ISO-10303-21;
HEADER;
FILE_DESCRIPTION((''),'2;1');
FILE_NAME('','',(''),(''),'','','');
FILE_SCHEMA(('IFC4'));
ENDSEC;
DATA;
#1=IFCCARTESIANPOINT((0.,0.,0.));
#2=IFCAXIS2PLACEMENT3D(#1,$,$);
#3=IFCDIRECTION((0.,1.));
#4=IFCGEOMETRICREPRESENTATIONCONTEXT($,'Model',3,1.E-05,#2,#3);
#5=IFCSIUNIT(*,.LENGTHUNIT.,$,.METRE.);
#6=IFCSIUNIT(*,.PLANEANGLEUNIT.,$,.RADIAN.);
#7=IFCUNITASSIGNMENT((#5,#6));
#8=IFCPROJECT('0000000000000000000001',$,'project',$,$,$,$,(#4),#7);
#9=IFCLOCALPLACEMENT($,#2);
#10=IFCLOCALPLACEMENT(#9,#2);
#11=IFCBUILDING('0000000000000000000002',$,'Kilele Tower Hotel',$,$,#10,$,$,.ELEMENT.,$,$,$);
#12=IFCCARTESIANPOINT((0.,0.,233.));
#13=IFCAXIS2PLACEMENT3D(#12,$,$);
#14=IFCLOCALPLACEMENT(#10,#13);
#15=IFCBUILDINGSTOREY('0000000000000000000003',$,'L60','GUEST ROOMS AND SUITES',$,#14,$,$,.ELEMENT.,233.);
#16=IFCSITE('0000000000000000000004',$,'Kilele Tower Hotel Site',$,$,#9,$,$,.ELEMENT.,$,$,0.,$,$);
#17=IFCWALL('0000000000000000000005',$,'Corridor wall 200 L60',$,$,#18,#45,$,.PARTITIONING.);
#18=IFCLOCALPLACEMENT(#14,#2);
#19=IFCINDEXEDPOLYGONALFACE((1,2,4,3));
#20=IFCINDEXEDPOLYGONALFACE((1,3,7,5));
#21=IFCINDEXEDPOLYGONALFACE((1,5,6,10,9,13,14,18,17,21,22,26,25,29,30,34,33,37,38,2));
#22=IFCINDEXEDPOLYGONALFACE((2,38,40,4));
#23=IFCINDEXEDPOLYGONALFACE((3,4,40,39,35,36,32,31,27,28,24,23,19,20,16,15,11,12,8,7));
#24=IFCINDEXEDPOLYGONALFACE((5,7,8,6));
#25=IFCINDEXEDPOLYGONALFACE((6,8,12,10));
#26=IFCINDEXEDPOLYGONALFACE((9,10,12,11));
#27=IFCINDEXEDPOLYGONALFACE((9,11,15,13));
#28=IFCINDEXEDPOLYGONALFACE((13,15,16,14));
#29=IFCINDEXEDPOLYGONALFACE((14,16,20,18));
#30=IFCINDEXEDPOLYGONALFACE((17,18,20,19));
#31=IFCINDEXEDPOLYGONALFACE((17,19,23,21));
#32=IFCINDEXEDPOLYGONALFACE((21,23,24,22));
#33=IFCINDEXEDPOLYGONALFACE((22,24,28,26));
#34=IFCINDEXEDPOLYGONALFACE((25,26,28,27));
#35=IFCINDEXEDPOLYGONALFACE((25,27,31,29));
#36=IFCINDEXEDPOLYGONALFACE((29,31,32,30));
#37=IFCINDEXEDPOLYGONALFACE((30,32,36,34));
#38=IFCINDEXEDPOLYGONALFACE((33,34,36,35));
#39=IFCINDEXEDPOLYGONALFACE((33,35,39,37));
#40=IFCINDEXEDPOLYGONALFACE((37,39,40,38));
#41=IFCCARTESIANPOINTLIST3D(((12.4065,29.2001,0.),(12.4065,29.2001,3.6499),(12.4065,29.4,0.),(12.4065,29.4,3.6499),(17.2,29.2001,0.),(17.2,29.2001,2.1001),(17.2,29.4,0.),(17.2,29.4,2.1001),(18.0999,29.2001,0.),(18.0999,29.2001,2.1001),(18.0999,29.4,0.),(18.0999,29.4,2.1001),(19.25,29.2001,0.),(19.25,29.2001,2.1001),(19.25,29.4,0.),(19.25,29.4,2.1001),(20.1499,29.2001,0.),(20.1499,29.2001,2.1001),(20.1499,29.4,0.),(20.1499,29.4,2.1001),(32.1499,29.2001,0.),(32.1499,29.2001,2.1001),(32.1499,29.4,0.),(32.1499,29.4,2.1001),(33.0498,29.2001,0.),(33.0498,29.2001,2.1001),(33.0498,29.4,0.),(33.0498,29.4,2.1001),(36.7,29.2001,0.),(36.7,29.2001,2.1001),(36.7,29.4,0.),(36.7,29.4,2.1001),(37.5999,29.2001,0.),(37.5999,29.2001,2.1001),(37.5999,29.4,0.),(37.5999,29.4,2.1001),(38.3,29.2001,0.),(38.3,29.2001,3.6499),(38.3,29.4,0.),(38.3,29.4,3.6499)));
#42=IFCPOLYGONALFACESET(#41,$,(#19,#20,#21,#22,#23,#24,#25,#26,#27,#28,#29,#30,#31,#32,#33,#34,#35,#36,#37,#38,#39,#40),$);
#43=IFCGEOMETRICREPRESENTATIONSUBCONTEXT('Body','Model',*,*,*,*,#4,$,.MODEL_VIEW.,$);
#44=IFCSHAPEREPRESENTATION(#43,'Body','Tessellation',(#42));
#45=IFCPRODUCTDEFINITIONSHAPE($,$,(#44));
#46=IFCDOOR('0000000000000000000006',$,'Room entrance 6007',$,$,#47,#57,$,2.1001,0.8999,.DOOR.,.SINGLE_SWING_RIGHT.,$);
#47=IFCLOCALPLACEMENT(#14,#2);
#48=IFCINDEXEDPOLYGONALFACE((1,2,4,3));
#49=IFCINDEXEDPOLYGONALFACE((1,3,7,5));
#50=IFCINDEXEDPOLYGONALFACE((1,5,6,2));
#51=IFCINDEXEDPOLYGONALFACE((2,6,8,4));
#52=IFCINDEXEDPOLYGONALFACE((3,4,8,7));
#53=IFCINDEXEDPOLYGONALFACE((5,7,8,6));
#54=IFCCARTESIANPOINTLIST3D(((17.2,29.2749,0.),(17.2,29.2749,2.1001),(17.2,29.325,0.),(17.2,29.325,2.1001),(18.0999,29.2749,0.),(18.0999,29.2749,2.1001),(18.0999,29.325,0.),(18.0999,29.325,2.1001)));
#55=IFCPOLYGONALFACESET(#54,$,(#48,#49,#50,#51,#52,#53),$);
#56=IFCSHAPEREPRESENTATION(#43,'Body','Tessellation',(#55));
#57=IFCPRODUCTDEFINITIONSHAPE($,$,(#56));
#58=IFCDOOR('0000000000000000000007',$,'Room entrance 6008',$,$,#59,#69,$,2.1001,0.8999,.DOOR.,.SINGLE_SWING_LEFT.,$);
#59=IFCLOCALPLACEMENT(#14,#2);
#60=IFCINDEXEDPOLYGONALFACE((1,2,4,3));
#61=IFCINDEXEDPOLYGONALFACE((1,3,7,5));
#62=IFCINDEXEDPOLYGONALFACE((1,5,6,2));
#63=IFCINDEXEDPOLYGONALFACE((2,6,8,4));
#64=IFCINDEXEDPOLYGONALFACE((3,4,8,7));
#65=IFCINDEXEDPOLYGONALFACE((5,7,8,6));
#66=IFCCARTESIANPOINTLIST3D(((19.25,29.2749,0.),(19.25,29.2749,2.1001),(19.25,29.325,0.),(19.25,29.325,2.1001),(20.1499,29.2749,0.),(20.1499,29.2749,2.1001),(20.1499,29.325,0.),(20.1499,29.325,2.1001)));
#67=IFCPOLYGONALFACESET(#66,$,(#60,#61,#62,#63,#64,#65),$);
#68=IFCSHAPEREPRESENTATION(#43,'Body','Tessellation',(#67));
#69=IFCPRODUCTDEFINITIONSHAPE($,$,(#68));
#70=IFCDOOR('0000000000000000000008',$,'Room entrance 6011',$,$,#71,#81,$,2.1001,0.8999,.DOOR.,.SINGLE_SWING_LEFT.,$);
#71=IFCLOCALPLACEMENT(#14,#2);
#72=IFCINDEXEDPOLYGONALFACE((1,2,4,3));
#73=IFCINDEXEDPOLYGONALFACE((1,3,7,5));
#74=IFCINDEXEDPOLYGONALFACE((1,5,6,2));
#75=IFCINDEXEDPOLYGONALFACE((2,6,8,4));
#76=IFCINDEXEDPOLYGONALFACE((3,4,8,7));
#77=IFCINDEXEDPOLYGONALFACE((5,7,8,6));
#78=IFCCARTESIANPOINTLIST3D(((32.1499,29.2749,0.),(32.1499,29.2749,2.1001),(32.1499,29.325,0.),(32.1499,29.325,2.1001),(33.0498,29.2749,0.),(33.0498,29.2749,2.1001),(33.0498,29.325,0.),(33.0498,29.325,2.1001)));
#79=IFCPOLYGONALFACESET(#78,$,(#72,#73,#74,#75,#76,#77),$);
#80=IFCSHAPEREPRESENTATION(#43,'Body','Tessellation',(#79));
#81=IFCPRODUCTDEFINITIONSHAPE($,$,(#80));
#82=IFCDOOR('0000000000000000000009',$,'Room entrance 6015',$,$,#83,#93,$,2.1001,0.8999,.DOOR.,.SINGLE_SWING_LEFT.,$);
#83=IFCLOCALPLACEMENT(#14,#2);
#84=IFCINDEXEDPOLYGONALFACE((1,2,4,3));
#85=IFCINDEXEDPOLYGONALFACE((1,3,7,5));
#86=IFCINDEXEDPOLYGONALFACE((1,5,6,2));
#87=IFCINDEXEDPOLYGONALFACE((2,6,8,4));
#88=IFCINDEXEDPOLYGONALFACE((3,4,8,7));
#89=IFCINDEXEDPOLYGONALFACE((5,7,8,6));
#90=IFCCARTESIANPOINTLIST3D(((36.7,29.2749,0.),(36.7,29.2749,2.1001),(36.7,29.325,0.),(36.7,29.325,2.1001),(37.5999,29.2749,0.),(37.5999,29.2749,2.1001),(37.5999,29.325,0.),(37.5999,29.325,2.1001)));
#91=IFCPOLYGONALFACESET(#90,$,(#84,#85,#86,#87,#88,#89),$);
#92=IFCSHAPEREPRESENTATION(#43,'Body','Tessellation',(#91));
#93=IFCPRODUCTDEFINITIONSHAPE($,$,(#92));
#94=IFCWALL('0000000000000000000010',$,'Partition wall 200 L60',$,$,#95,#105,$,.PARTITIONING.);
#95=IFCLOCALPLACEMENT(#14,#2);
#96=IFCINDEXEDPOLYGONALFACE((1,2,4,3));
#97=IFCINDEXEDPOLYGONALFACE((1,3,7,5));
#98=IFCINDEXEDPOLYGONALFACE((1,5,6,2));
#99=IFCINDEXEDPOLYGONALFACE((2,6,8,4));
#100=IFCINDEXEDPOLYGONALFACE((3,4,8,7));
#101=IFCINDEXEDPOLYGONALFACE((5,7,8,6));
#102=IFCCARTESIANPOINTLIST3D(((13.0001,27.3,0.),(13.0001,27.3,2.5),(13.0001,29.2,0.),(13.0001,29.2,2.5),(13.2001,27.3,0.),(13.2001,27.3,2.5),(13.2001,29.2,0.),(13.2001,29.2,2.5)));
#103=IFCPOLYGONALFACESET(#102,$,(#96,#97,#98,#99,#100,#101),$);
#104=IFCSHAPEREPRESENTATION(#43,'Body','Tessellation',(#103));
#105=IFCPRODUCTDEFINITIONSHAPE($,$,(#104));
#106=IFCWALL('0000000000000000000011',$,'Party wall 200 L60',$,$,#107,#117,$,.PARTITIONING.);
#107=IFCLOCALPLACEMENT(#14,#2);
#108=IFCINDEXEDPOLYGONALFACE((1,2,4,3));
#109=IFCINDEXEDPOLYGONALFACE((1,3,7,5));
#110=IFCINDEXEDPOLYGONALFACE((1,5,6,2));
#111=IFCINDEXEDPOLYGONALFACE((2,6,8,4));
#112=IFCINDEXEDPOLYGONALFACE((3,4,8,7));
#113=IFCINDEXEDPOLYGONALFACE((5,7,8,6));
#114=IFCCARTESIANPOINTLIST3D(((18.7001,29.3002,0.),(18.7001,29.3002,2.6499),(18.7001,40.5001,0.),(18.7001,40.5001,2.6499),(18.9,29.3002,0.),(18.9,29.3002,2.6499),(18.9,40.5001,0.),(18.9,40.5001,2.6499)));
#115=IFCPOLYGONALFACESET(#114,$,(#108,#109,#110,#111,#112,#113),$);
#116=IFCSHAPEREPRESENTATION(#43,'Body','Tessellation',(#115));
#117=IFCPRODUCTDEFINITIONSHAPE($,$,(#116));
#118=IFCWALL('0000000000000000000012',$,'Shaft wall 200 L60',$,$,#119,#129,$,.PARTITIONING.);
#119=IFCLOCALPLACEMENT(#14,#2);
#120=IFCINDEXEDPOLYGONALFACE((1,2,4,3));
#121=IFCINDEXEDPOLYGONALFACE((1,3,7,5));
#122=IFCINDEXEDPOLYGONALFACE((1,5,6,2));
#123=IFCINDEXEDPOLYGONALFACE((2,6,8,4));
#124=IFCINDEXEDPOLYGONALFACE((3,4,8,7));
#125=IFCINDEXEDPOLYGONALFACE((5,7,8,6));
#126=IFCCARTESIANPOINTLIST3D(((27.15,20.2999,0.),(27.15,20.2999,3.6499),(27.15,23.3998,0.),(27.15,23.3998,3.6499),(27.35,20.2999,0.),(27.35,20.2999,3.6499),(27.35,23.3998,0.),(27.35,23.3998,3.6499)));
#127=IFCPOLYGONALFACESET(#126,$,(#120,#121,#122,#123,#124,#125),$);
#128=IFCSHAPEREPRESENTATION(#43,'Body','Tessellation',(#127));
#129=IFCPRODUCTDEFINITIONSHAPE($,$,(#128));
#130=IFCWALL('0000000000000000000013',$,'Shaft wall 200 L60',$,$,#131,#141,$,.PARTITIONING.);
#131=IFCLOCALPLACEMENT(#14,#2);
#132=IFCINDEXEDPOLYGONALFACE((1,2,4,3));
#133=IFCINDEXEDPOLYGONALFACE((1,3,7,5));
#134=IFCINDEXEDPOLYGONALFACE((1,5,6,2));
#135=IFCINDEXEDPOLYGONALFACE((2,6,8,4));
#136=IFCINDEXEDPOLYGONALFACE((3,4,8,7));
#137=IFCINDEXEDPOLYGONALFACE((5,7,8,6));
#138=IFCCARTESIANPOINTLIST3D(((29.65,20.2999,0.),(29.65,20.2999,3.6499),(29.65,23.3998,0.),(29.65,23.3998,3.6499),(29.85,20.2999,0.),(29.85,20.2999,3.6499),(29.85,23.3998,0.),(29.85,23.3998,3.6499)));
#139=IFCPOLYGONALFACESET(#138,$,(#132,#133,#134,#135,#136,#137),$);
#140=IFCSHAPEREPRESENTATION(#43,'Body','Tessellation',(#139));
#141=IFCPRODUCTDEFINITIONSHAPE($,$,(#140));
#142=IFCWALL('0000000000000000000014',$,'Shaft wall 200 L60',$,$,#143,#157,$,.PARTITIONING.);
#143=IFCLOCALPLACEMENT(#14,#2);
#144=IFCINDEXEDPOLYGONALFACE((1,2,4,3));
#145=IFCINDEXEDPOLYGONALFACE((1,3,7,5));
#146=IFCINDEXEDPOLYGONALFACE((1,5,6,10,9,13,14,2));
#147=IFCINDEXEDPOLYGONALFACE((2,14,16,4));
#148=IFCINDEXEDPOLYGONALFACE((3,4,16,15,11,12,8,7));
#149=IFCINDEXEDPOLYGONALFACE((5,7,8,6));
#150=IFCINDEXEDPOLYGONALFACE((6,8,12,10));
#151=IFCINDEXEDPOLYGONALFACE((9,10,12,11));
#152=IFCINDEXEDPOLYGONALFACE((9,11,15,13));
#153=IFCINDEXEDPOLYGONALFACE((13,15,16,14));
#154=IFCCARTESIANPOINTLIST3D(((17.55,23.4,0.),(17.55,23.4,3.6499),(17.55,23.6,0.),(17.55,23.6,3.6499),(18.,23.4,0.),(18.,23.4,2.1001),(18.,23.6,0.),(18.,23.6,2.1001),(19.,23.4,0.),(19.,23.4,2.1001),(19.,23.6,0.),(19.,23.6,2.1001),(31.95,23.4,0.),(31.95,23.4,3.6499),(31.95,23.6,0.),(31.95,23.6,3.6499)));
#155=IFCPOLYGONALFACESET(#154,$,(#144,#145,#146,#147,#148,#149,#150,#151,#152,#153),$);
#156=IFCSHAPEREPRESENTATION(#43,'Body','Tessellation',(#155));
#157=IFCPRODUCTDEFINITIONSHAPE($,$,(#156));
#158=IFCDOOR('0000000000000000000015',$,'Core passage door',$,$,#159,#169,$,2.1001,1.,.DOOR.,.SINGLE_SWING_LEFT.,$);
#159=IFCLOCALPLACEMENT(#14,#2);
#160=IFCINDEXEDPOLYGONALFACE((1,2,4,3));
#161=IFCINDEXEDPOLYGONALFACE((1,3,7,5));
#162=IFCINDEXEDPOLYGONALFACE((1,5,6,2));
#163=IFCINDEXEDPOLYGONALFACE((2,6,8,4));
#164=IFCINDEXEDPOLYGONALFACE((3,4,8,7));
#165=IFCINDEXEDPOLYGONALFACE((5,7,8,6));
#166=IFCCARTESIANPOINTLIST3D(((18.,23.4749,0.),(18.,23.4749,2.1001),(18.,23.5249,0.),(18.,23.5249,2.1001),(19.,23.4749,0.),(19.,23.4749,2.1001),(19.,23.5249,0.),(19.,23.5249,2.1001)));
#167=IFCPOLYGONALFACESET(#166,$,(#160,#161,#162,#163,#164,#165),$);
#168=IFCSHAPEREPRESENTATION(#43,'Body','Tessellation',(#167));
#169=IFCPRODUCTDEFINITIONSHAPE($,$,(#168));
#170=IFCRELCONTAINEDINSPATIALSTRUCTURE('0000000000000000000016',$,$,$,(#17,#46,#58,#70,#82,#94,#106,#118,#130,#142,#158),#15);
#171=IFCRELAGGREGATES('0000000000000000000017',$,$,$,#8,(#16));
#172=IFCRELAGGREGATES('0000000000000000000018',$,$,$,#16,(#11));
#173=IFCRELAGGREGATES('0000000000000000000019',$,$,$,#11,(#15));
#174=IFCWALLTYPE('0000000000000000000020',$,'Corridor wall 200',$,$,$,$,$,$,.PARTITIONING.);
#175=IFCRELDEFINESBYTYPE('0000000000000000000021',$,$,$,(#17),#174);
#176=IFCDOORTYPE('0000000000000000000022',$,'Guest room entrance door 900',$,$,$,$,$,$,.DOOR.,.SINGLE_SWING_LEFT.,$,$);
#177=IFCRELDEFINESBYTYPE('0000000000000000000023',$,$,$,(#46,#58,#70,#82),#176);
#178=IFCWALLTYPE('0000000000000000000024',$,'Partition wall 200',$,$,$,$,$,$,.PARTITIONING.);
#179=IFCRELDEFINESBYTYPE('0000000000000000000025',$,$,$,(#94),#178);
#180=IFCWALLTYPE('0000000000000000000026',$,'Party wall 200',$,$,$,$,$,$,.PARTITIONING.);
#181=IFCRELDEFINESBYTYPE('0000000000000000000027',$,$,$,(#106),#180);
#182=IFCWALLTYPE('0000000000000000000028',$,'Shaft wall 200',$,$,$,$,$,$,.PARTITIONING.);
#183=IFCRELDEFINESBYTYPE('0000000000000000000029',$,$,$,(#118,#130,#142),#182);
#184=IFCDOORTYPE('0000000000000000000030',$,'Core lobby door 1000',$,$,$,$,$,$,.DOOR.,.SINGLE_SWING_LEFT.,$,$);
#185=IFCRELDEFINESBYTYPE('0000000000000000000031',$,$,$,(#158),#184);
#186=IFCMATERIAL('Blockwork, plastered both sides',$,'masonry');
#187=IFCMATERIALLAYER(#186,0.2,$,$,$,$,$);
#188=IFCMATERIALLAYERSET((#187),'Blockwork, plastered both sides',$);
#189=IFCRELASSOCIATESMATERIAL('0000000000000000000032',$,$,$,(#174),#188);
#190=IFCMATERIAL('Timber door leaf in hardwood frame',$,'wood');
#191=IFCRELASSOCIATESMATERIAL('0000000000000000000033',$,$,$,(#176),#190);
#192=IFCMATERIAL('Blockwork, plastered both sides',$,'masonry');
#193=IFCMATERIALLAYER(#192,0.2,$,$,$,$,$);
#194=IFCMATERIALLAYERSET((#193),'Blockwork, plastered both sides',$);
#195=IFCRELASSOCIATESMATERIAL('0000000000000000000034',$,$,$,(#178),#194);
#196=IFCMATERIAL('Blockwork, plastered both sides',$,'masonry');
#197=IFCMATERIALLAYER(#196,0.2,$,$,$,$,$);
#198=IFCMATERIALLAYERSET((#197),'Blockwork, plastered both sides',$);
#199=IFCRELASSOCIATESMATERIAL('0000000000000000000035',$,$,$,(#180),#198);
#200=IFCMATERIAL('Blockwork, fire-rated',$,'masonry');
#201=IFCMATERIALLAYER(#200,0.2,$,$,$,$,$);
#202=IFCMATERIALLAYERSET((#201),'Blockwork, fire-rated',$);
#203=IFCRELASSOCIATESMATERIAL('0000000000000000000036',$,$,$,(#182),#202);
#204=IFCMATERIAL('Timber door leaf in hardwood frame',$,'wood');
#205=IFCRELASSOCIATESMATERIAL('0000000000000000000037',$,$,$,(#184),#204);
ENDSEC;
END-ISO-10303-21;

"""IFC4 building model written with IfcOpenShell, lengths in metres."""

from ifc_helpers import new_model, si_unit, direction, frame, frame_2d, origin, place, context, subcontext, project, spatial, rectangle, extrude, material, layer, layer_set, type_object, element, fill, save


model = new_model("IFC4")

# Units and contexts
model_context = context("Model", 3, precision=1e-05, world=origin(), true_north=direction((0.0, 1.0)))
body_context = subcontext(model_context, "Body", "Model", "MODEL_VIEW")
ifc_project = project(units=[si_unit("LENGTHUNIT", "METRE"), si_unit("PLANEANGLEUNIT", "RADIAN")], contexts=[model_context])

# Site, building, storey
site_placement = place(None, origin())
site = spatial("IfcSite", under=ifc_project, at=site_placement, Name="Kilele Tower Hotel Site", CompositionType="ELEMENT", RefElevation=0.0)
building_placement = place(site_placement, origin())
building = spatial("IfcBuilding", under=site, at=building_placement, Name="Kilele Tower Hotel", CompositionType="ELEMENT")
storey_placement = place(building_placement, frame((0.0, 0.0, 233.0)))
storey = spatial("IfcBuildingStorey", under=building, at=storey_placement, Name="L60", Description="GUEST ROOMS AND SUITES", CompositionType="ELEMENT", Elevation=233.0)

# Wall, openings, doors
ifc_material_1 = material(Name="Blockwork, plastered both sides", Category="masonry")
ifc_layer_1 = layer(ifc_material_1, 0.2)
ifc_layer_set_1 = layer_set([ifc_layer_1], Name="Blockwork, plastered both sides")
wall_type_1 = type_object("IfcWallType", Name="Corridor wall 200", PredefinedType="PARTITIONING", material=ifc_layer_set_1)
wall_1_placement = place(storey_placement, frame((12.4065, 29.3, 0.0), z_axis=(0.0, 0.0, 1.0), x_axis=(1.0, 0.0, 0.0)))
wall_1 = element("IfcWall", 1, at=wall_1_placement, inside=storey, type_object=wall_type_1, Name="Corridor wall 200 L60", PredefinedType="PARTITIONING", context=body_context, shape_type="SweptSolid", body=[
    extrude(rectangle(XDim=25.8936, YDim=0.2, at=frame_2d((12.9468, 0.0))), origin(), (0.0, 0.0, 1.0), 3.6499),
])
opening_1_placement = place(wall_1_placement, frame((4.7935, 0.0, 0.0)))
opening_1 = element("IfcOpeningElement", 2, at=opening_1_placement, cuts=wall_1, PredefinedType="OPENING", context=body_context, shape_type="SweptSolid", body=[
    extrude(rectangle(XDim=0.8999, YDim=2.1001, at=frame_2d((0.45, 1.05))), frame((0.0, 0.1099, 0.0), z_axis=(0.0, -1.0, 0.0), x_axis=(1.0, 0.0, 0.0)), (0.0, 0.0, 1.0), 0.22),
])
opening_2_placement = place(wall_1_placement, frame((6.8435, 0.0, 0.0)))
opening_2 = element("IfcOpeningElement", 3, at=opening_2_placement, cuts=wall_1, PredefinedType="OPENING", context=body_context, shape_type="SweptSolid", body=[
    extrude(rectangle(XDim=0.8999, YDim=2.1001, at=frame_2d((0.45, 1.05))), frame((0.0, 0.1099, 0.0), z_axis=(0.0, -1.0, 0.0), x_axis=(1.0, 0.0, 0.0)), (0.0, 0.0, 1.0), 0.22),
])
opening_3_placement = place(wall_1_placement, frame((19.7434, 0.0, 0.0)))
opening_3 = element("IfcOpeningElement", 4, at=opening_3_placement, cuts=wall_1, PredefinedType="OPENING", context=body_context, shape_type="SweptSolid", body=[
    extrude(rectangle(XDim=0.8999, YDim=2.1001, at=frame_2d((0.45, 1.05))), frame((0.0, 0.1099, 0.0), z_axis=(0.0, -1.0, 0.0), x_axis=(1.0, 0.0, 0.0)), (0.0, 0.0, 1.0), 0.22),
])
opening_4_placement = place(wall_1_placement, frame((24.2935, 0.0, 0.0)))
opening_4 = element("IfcOpeningElement", 5, at=opening_4_placement, cuts=wall_1, PredefinedType="OPENING", context=body_context, shape_type="SweptSolid", body=[
    extrude(rectangle(XDim=0.8999, YDim=2.1001, at=frame_2d((0.45, 1.05))), frame((0.0, 0.1099, 0.0), z_axis=(0.0, -1.0, 0.0), x_axis=(1.0, 0.0, 0.0)), (0.0, 0.0, 1.0), 0.22),
])
ifc_material_2 = material(Name="Timber door leaf in hardwood frame", Category="wood")
door_type_1 = type_object("IfcDoorType", Name="Guest room entrance door 900", OperationType="SINGLE_SWING_LEFT", PredefinedType="DOOR", material=ifc_material_2)
door_1_placement = place(opening_1_placement, origin())
door_1 = element("IfcDoor", 6, at=door_1_placement, inside=storey, type_object=door_type_1, Name="Room entrance 6007", OperationType="SINGLE_SWING_RIGHT", OverallHeight=2.1001, OverallWidth=0.8999, PredefinedType="DOOR", context=body_context, shape_type="SweptSolid", body=[
    extrude(rectangle(XDim=0.8999, YDim=2.1001, at=frame_2d((0.45, 1.05))), frame((0.0, 0.0249, 0.0), z_axis=(0.0, -1.0, 0.0), x_axis=(1.0, 0.0, 0.0)), (0.0, 0.0, 1.0), 0.05),
])
fill(opening_1, door_1)
door_2_placement = place(opening_2_placement, origin())
door_2 = element("IfcDoor", 7, at=door_2_placement, inside=storey, type_object=door_type_1, Name="Room entrance 6008", OperationType="SINGLE_SWING_LEFT", OverallHeight=2.1001, OverallWidth=0.8999, PredefinedType="DOOR", context=body_context, shape_type="SweptSolid", body=[
    extrude(rectangle(XDim=0.8999, YDim=2.1001, at=frame_2d((0.45, 1.05))), frame((0.0, 0.0249, 0.0), z_axis=(0.0, -1.0, 0.0), x_axis=(1.0, 0.0, 0.0)), (0.0, 0.0, 1.0), 0.05),
])
fill(opening_2, door_2)
door_3_placement = place(opening_3_placement, origin())
door_3 = element("IfcDoor", 8, at=door_3_placement, inside=storey, type_object=door_type_1, Name="Room entrance 6011", OperationType="SINGLE_SWING_LEFT", OverallHeight=2.1001, OverallWidth=0.8999, PredefinedType="DOOR", context=body_context, shape_type="SweptSolid", body=[
    extrude(rectangle(XDim=0.8999, YDim=2.1001, at=frame_2d((0.45, 1.05))), frame((0.0, 0.0249, 0.0), z_axis=(0.0, -1.0, 0.0), x_axis=(1.0, 0.0, 0.0)), (0.0, 0.0, 1.0), 0.05),
])
fill(opening_3, door_3)
door_4_placement = place(opening_4_placement, origin())
door_4 = element("IfcDoor", 9, at=door_4_placement, inside=storey, type_object=door_type_1, Name="Room entrance 6015", OperationType="SINGLE_SWING_LEFT", OverallHeight=2.1001, OverallWidth=0.8999, PredefinedType="DOOR", context=body_context, shape_type="SweptSolid", body=[
    extrude(rectangle(XDim=0.8999, YDim=2.1001, at=frame_2d((0.45, 1.05))), frame((0.0, 0.0249, 0.0), z_axis=(0.0, -1.0, 0.0), x_axis=(1.0, 0.0, 0.0)), (0.0, 0.0, 1.0), 0.05),
])
fill(opening_4, door_4)

# Walls
ifc_material_3 = material(Name="Blockwork, plastered both sides", Category="masonry")
ifc_layer_2 = layer(ifc_material_3, 0.2)
ifc_layer_set_2 = layer_set([ifc_layer_2], Name="Blockwork, plastered both sides")
wall_type_2 = type_object("IfcWallType", Name="Partition wall 200", PredefinedType="PARTITIONING", material=ifc_layer_set_2)
wall_2_placement = place(storey_placement, frame((13.1001, 27.3, 0.0), z_axis=(0.0, 0.0, 1.0), x_axis=(0.0, 1.0, 0.0)))
element("IfcWall", 10, at=wall_2_placement, inside=storey, type_object=wall_type_2, Name="Partition wall 200 L60", PredefinedType="PARTITIONING", context=body_context, shape_type="SweptSolid", body=[
    extrude(rectangle(XDim=1.8999, YDim=0.2, at=frame_2d((0.95, 0.0))), origin(), (0.0, 0.0, 1.0), 2.5),
])
ifc_material_4 = material(Name="Blockwork, plastered both sides", Category="masonry")
ifc_layer_3 = layer(ifc_material_4, 0.2)
ifc_layer_set_3 = layer_set([ifc_layer_3], Name="Blockwork, plastered both sides")
wall_type_3 = type_object("IfcWallType", Name="Party wall 200", PredefinedType="PARTITIONING", material=ifc_layer_set_3)
wall_3_placement = place(storey_placement, frame((18.8, 29.3, 0.0), z_axis=(0.0, 0.0, 1.0), x_axis=(0.0, 1.0, 0.0)))
element("IfcWall", 11, at=wall_3_placement, inside=storey, type_object=wall_type_3, Name="Party wall 200 L60", PredefinedType="PARTITIONING", context=body_context, shape_type="SweptSolid", body=[
    extrude(rectangle(XDim=11.2, YDim=0.2, at=frame_2d((5.6001, 0.0))), origin(), (0.0, 0.0, 1.0), 2.6499),
])
ifc_material_5 = material(Name="Blockwork, fire-rated", Category="masonry")
ifc_layer_4 = layer(ifc_material_5, 0.2)
ifc_layer_set_4 = layer_set([ifc_layer_4], Name="Blockwork, fire-rated")
wall_type_4 = type_object("IfcWallType", Name="Shaft wall 200", PredefinedType="PARTITIONING", material=ifc_layer_set_4)
for number, where, z_axis, x_axis, name in (
    (12, (27.25, 20.3, 0.0), (0.0, 0.0, 1.0), (0.0, 1.0, 0.0), "Shaft wall 200 L60"),
    (13, (29.75, 20.3, 0.0), (0.0, 0.0, 1.0), (0.0, 1.0, 0.0), "Shaft wall 200 L60"),
):
    element("IfcWall", number, at=place(storey_placement, frame(where, z_axis=z_axis, x_axis=x_axis)), inside=storey, type_object=wall_type_4, Name=name, PredefinedType="PARTITIONING", context=body_context, shape_type="SweptSolid", body=[
        extrude(rectangle(XDim=3.0999, YDim=0.2, at=frame_2d((1.5498, 0.0))), origin(), (0.0, 0.0, 1.0), 3.6499),
    ])

# Wall, opening, door
wall_4_placement = place(storey_placement, frame((17.55, 23.5, 0.0), z_axis=(0.0, 0.0, 1.0), x_axis=(1.0, 0.0, 0.0)))
wall_4 = element("IfcWall", 14, at=wall_4_placement, inside=storey, type_object=wall_type_4, Name="Shaft wall 200 L60", PredefinedType="PARTITIONING", context=body_context, shape_type="SweptSolid", body=[
    extrude(rectangle(XDim=14.3999, YDim=0.2, at=frame_2d((7.2, 0.0))), origin(), (0.0, 0.0, 1.0), 3.6499),
])
opening_5_placement = place(wall_4_placement, frame((0.45, 0.0, 0.0)))
opening_5 = element("IfcOpeningElement", 15, at=opening_5_placement, cuts=wall_4, PredefinedType="OPENING", context=body_context, shape_type="SweptSolid", body=[
    extrude(rectangle(XDim=1.0, YDim=2.1001, at=frame_2d((0.5, 1.05))), frame((0.0, 0.1099, 0.0), z_axis=(0.0, -1.0, 0.0), x_axis=(1.0, 0.0, 0.0)), (0.0, 0.0, 1.0), 0.22),
])
ifc_material_6 = material(Name="Timber door leaf in hardwood frame", Category="wood")
door_type_2 = type_object("IfcDoorType", Name="Core lobby door 1000", OperationType="SINGLE_SWING_LEFT", PredefinedType="DOOR", material=ifc_material_6)
door_5_placement = place(opening_5_placement, origin())
door_5 = element("IfcDoor", 16, at=door_5_placement, inside=storey, type_object=door_type_2, Name="Core passage door", OperationType="SINGLE_SWING_LEFT", OverallHeight=2.1001, OverallWidth=1.0, PredefinedType="DOOR", context=body_context, shape_type="SweptSolid", body=[
    extrude(rectangle(XDim=1.0, YDim=2.1001, at=frame_2d((0.5, 1.05))), frame((0.0, 0.0249, 0.0), z_axis=(0.0, -1.0, 0.0), x_axis=(1.0, 0.0, 0.0)), (0.0, 0.0, 1.0), 0.05),
])
fill(opening_5, door_5)

save(model, "model.ifc")
